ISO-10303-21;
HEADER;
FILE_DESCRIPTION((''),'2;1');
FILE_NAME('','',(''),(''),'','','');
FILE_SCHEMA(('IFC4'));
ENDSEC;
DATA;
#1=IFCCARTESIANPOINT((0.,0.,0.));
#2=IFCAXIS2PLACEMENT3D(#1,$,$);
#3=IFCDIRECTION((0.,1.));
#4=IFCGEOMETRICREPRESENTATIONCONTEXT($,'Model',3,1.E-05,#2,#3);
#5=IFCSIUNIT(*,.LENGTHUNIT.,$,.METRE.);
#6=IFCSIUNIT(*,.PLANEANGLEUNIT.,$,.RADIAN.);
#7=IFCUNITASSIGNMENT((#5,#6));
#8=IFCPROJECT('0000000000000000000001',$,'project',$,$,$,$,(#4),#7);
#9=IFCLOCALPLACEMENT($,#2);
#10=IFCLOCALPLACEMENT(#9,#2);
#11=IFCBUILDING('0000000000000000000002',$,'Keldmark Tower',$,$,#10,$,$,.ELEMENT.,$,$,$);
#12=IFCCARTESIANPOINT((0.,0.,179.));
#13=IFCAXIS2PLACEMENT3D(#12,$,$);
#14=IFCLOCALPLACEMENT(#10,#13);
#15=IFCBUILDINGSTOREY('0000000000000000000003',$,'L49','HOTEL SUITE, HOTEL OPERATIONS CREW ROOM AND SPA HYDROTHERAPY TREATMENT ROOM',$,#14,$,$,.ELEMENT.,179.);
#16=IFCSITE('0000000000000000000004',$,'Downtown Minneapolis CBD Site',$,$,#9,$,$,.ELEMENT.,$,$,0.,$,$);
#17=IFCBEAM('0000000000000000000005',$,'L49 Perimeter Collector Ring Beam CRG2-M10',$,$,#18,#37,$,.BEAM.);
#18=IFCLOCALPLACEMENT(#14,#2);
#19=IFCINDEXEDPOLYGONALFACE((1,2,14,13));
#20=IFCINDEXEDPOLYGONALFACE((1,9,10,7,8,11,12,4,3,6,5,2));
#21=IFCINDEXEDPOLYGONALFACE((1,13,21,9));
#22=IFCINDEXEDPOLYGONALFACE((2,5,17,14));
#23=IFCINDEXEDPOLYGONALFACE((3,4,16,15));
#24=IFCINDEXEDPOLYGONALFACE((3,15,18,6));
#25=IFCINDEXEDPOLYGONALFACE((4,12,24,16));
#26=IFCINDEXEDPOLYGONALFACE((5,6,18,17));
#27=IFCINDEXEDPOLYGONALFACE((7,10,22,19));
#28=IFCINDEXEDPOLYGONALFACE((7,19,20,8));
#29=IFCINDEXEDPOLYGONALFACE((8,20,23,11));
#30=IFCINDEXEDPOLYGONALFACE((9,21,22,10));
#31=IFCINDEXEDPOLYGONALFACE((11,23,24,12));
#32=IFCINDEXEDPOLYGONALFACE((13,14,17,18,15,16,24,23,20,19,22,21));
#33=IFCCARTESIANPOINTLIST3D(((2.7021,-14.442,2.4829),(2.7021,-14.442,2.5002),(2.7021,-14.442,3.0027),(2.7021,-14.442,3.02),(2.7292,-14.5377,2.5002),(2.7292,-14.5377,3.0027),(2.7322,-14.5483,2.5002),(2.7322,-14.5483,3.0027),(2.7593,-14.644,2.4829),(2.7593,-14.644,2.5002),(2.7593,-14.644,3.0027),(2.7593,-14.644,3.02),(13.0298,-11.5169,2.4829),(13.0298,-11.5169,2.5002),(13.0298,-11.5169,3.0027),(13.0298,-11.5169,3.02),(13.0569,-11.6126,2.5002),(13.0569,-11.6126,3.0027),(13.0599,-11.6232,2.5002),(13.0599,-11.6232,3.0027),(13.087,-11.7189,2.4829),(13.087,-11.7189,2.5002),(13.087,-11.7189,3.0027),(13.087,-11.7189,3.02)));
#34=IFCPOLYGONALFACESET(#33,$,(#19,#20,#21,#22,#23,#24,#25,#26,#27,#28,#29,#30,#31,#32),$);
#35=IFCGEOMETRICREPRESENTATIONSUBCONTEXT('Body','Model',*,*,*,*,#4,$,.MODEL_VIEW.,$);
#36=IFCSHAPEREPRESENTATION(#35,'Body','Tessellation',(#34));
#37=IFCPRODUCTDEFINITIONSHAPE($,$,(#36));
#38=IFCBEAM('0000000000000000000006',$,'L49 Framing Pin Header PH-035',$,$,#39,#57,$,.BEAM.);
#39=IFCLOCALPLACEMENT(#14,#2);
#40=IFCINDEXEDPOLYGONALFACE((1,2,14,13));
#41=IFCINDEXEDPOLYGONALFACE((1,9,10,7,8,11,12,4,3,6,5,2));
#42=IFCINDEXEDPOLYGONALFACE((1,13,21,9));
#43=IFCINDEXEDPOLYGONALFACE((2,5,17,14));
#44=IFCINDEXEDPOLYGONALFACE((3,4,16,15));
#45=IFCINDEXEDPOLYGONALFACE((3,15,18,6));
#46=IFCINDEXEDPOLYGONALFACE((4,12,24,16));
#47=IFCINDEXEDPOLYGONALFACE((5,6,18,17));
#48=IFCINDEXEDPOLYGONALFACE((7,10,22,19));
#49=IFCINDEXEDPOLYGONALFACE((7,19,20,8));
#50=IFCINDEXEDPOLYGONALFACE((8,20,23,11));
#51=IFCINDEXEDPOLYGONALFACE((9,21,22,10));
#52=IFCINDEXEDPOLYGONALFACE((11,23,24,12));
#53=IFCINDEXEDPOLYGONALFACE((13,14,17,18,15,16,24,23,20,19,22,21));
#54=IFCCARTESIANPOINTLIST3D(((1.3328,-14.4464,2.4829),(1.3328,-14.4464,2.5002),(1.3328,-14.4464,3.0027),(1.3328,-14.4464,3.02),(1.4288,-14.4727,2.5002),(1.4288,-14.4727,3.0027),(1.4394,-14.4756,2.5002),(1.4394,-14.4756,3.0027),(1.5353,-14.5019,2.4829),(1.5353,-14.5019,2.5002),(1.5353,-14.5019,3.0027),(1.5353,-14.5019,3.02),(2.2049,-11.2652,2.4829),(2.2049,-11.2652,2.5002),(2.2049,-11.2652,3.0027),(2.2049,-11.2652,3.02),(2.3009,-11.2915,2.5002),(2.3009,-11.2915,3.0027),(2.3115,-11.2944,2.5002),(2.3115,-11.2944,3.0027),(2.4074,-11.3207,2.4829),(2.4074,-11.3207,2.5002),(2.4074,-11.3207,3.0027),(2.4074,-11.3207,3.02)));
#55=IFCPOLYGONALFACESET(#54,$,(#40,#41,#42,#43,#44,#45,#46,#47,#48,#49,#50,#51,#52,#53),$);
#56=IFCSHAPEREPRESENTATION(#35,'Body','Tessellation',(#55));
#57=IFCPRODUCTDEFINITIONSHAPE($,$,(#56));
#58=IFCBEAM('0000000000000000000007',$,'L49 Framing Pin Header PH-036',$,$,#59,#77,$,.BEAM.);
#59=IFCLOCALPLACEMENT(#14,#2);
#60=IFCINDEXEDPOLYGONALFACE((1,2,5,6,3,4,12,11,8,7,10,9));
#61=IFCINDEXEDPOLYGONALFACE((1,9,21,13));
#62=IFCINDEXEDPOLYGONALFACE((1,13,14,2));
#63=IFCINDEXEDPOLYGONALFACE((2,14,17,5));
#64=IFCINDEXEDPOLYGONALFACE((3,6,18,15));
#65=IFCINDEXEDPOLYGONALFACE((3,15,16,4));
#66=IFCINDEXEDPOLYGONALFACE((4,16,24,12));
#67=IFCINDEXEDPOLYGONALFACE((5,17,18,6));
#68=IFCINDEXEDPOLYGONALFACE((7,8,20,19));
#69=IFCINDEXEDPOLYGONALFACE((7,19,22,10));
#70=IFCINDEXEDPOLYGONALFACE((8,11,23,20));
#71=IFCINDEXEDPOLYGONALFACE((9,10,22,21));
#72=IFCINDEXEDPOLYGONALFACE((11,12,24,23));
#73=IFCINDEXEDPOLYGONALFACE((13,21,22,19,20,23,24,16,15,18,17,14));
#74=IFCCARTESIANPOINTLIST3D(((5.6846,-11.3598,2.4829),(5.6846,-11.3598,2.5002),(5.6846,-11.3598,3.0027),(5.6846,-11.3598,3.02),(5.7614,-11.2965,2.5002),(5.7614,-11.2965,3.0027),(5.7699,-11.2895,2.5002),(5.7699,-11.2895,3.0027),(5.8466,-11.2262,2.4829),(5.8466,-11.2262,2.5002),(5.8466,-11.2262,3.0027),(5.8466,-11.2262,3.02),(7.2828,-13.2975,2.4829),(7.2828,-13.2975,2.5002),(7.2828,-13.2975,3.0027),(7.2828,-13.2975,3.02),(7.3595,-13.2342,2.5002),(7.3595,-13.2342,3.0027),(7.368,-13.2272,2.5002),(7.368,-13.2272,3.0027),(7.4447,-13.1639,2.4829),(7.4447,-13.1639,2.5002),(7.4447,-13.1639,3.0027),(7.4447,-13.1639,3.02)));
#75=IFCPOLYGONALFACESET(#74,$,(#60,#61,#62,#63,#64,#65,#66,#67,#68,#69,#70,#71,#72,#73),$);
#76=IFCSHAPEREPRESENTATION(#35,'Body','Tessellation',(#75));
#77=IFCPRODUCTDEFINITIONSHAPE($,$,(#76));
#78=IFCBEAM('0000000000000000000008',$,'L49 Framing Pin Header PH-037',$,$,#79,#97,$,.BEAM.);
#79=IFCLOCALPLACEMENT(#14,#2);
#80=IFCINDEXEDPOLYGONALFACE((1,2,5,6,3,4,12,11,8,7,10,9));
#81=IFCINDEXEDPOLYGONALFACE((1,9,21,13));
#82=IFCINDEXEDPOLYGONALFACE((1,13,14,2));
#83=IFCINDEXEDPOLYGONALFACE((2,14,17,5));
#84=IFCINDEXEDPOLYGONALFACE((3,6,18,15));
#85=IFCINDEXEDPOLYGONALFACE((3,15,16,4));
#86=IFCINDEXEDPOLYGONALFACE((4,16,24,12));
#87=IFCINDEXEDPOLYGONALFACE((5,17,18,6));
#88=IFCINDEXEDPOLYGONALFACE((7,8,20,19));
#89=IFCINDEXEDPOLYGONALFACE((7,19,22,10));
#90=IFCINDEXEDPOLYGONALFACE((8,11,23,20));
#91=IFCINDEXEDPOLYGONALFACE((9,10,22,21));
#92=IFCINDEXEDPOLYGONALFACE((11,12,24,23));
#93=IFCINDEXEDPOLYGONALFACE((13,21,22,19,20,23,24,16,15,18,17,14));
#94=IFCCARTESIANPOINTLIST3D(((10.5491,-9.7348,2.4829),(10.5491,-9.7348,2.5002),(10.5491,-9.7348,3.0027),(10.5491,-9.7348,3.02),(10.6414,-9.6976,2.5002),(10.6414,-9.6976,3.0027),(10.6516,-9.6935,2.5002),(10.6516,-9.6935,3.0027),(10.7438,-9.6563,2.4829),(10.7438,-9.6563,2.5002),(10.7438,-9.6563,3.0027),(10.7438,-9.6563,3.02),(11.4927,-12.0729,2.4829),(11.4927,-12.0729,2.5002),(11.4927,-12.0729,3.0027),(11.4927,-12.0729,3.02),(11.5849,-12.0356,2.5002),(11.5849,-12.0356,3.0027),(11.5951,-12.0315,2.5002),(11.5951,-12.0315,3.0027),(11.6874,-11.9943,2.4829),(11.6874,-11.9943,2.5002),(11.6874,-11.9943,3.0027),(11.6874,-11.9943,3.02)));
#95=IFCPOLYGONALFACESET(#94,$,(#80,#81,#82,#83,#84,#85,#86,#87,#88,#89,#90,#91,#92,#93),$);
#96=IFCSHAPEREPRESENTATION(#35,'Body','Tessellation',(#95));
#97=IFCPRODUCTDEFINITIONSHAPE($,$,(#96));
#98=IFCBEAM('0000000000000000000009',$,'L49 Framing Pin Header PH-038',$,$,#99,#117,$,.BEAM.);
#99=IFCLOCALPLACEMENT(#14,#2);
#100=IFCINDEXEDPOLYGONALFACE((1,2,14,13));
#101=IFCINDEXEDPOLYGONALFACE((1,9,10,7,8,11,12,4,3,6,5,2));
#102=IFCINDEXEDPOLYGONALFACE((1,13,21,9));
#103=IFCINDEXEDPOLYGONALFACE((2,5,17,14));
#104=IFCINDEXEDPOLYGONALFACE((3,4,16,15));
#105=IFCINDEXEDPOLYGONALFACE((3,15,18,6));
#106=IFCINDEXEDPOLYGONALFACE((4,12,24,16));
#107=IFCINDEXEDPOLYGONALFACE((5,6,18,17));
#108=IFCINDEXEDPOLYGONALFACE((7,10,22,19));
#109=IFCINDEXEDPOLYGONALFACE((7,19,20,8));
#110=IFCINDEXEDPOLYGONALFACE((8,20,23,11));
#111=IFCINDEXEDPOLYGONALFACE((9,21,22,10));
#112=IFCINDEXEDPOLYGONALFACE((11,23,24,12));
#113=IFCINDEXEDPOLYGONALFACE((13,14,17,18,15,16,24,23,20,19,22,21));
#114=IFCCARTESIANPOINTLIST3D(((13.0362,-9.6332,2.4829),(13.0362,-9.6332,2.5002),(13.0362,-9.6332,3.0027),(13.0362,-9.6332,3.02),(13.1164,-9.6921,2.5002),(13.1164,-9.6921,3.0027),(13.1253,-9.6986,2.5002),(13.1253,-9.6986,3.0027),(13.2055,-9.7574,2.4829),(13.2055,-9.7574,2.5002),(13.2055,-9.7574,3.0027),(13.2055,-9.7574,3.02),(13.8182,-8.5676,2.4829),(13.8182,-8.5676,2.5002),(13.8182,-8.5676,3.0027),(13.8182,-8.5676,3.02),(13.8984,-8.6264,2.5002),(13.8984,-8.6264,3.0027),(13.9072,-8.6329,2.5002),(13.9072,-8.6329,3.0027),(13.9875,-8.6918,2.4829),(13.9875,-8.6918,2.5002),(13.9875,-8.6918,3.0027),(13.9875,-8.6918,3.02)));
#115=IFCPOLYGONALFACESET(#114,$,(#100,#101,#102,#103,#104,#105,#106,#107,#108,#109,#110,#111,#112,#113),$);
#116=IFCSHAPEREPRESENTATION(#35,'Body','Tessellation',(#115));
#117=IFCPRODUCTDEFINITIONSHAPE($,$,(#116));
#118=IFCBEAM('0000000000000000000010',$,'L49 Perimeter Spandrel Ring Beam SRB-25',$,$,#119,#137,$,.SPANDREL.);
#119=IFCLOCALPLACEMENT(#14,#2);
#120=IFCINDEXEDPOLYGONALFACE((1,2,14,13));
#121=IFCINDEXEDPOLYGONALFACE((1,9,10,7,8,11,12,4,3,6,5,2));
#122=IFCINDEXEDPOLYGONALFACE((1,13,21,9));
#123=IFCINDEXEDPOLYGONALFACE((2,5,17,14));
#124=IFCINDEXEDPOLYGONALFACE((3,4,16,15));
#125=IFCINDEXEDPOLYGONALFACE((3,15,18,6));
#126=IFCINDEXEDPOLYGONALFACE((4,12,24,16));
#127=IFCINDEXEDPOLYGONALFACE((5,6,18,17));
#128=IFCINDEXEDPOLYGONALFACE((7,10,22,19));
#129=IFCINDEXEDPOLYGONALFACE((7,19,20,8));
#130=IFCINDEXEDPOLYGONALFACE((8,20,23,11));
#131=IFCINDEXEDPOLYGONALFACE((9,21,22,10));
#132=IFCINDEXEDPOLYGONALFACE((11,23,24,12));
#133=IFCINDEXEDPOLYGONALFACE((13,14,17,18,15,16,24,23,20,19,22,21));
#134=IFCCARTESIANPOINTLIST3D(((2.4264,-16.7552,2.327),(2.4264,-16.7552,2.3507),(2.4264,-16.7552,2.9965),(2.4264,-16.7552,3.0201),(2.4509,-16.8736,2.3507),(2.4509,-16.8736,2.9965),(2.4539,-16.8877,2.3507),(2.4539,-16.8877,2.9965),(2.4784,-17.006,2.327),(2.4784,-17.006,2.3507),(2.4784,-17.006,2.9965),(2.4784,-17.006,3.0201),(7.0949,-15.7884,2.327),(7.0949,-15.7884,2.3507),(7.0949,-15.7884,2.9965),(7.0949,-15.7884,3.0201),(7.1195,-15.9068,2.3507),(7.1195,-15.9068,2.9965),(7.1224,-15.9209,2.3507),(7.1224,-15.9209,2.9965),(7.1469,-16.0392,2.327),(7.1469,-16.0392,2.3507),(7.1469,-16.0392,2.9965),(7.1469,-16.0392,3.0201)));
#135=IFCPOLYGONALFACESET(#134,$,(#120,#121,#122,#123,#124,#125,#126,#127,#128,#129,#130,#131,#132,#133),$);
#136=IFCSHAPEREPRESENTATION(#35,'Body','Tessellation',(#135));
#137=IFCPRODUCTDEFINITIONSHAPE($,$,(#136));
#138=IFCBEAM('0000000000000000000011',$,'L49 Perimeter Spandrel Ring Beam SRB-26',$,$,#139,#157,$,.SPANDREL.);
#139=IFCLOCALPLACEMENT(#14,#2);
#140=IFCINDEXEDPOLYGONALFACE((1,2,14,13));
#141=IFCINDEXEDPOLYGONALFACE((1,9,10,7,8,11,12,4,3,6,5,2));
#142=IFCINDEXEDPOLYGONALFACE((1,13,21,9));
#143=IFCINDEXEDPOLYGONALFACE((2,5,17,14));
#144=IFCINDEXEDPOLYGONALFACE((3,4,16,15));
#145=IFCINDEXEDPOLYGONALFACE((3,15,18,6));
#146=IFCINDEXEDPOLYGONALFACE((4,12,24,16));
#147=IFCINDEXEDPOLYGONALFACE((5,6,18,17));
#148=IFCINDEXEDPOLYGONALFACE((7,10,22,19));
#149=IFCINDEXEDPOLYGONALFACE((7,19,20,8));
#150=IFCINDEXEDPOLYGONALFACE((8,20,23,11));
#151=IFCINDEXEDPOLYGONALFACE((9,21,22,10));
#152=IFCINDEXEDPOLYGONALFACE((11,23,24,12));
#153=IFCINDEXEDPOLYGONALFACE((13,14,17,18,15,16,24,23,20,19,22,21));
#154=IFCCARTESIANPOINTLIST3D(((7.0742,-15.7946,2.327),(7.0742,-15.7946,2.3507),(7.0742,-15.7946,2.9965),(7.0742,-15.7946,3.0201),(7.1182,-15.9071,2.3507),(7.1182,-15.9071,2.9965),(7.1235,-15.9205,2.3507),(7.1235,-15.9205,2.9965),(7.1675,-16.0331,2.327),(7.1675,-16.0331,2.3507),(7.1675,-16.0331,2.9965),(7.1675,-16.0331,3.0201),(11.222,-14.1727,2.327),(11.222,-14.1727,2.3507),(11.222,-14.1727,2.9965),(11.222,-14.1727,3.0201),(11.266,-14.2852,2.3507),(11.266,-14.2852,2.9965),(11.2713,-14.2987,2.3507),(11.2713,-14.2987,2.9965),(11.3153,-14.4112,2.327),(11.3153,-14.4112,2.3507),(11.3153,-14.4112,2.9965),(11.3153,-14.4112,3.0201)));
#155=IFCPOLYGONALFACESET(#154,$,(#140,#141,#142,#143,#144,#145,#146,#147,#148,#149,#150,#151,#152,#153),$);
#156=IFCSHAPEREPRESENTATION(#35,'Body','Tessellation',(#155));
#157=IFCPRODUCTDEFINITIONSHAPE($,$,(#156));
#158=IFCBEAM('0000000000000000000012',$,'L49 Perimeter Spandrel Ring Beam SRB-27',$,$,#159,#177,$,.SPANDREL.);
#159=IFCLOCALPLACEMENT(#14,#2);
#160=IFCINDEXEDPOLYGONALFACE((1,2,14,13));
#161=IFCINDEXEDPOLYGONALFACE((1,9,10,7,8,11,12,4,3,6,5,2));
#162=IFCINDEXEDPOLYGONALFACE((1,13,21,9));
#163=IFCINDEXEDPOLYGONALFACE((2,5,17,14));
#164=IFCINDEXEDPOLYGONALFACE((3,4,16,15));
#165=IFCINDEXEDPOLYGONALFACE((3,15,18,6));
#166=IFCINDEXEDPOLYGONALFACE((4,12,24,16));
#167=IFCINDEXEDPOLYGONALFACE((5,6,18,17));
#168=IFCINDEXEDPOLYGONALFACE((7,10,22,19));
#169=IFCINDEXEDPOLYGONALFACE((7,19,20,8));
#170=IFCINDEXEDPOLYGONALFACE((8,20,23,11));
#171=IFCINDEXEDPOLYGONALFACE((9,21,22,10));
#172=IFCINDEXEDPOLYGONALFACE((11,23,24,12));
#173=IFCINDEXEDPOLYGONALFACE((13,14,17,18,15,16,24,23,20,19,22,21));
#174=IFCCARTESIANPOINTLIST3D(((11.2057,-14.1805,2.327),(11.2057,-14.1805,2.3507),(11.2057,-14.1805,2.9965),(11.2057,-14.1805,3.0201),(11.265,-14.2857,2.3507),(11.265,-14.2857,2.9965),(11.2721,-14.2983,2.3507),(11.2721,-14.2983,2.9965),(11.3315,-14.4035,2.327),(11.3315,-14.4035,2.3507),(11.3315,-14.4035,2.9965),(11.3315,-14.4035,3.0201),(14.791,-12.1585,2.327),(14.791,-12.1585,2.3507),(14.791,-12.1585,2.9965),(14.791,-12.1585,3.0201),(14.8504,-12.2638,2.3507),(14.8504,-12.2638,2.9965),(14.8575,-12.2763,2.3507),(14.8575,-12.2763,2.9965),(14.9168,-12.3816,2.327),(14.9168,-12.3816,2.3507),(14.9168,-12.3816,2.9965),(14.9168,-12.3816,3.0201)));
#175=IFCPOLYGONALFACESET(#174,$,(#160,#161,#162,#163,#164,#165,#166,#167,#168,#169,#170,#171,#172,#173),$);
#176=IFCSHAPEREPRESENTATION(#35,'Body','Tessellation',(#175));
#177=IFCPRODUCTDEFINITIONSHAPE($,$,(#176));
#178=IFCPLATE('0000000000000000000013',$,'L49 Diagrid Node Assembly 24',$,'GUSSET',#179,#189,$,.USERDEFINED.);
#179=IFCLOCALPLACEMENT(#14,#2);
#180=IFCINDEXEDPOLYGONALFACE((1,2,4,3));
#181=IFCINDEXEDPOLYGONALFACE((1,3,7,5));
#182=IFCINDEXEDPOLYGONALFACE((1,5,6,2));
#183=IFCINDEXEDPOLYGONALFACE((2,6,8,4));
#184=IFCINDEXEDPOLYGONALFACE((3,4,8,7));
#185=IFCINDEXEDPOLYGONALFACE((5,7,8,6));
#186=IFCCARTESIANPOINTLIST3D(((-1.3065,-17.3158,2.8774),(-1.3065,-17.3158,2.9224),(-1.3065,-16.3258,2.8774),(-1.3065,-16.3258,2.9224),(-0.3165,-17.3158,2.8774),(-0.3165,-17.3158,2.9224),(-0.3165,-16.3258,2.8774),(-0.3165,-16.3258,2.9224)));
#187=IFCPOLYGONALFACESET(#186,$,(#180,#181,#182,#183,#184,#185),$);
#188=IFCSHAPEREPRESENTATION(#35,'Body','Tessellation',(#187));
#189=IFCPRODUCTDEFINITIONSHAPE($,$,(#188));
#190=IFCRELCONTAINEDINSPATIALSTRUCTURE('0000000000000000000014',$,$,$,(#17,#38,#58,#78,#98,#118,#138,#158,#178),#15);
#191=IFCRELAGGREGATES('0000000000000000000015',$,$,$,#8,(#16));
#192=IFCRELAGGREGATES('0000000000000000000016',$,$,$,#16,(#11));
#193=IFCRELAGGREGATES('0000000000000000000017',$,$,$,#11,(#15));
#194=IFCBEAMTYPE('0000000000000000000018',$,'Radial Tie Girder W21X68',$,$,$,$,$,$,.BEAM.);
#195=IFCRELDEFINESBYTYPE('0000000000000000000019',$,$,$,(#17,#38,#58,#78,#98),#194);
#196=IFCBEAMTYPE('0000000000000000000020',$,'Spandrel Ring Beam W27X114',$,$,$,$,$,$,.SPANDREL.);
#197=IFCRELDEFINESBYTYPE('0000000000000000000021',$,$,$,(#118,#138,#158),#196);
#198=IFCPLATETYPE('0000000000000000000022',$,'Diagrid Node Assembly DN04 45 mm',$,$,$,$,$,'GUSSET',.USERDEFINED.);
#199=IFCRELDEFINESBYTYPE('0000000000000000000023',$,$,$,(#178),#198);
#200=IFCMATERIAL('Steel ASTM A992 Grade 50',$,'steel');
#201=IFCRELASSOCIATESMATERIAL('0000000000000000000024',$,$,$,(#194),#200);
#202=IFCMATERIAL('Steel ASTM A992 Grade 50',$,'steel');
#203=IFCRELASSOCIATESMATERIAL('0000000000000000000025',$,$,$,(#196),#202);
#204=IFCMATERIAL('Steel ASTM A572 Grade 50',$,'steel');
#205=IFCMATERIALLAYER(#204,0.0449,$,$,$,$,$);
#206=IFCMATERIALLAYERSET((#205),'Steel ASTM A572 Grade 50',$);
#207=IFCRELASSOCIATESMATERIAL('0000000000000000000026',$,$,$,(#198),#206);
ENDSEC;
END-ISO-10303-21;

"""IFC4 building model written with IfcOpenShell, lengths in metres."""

from ifc_helpers import new_model, si_unit, direction, frame, origin, origin_2d, place, context, subcontext, project, spatial, rectangle, i_section, extrude, material, layer, layer_set, material_profile, profile_set, type_object, element, save


model = new_model("IFC4")

# Units and contexts
model_context = context("Model", 3, precision=1e-05, world=origin(), true_north=direction((0.0, 1.0)))
body_context = subcontext(model_context, "Body", "Model", "MODEL_VIEW")
ifc_project = project(units=[si_unit("LENGTHUNIT", "METRE"), si_unit("PLANEANGLEUNIT", "RADIAN")], contexts=[model_context])

# Site, building, storey
site_placement = place(None, origin())
site = spatial("IfcSite", under=ifc_project, at=site_placement, Name="Downtown Minneapolis CBD Site", CompositionType="ELEMENT", RefElevation=0.0)
building_placement = place(site_placement, origin())
building = spatial("IfcBuilding", under=site, at=building_placement, Name="Keldmark Tower", CompositionType="ELEMENT")
storey_placement = place(building_placement, frame((0.0, 0.0, 179.0)))
storey = spatial("IfcBuildingStorey", under=building, at=storey_placement, Name="L49", Description="HOTEL SUITE, HOTEL OPERATIONS CREW ROOM AND SPA HYDROTHERAPY TREATMENT ROOM", CompositionType="ELEMENT", Elevation=179.0)

# Beams
ifc_material_1 = material(Name="Steel ASTM A992 Grade 50", Category="steel")
ifc_material_profile_1 = material_profile(ifc_material_1, i_section(OverallWidth=0.21, OverallDepth=0.5371, WebThickness=0.011, FlangeThickness=0.0173, at=origin_2d()), Name="W21X68")
ifc_profile_set_1 = profile_set([ifc_material_profile_1], Name="Steel ASTM A992 Grade 50")
beam_type_1 = type_object("IfcBeamType", Name="Radial Tie Girder W21X68", PredefinedType="BEAM", material=ifc_profile_set_1)
beam_1_placement = place(storey_placement, frame((2.7307, -14.543, 2.7515), z_axis=(0.962154, 0.272506, 0.0), x_axis=(-0.272506, 0.962154, 0.0)))
element("IfcBeam", 1, at=beam_1_placement, inside=storey, type_object=beam_type_1, Name="L49 Perimeter Collector Ring Beam CRG2-M10", PredefinedType="BEAM", context=body_context, shape_type="SweptSolid", body=[
    extrude(i_section(OverallWidth=0.21, OverallDepth=0.5371, WebThickness=0.011, FlangeThickness=0.0173, at=origin_2d()), origin(), (0.0, 0.0, 1.0), 10.7339),
])
beam_2_placement = place(storey_placement, frame((2.3062, -11.293, 2.7515), z_axis=(-0.264382, -0.964418, 0.0), x_axis=(0.964418, -0.264382, 0.0)))
element("IfcBeam", 2, at=beam_2_placement, inside=storey, type_object=beam_type_1, Name="L49 Framing Pin Header PH-035", PredefinedType="BEAM", context=body_context, shape_type="SweptSolid", body=[
    extrude(i_section(OverallWidth=0.21, OverallDepth=0.5371, WebThickness=0.011, FlangeThickness=0.0173, at=origin_2d()), origin(), (0.0, 0.0, 1.0), 3.2986),
])
beam_3_placement = place(storey_placement, frame((5.7656, -11.293, 2.7515), z_axis=(0.636266, -0.77147, 0.0), x_axis=(0.77147, 0.636266, 0.0)))
element("IfcBeam", 3, at=beam_3_placement, inside=storey, type_object=beam_type_1, Name="L49 Framing Pin Header PH-036", PredefinedType="BEAM", context=body_context, shape_type="SweptSolid", body=[
    extrude(i_section(OverallWidth=0.21, OverallDepth=0.5371, WebThickness=0.011, FlangeThickness=0.0173, at=origin_2d()), origin(), (0.0, 0.0, 1.0), 2.5117),
])
beam_4_placement = place(storey_placement, frame((10.6465, -9.6956, 2.7515), z_axis=(0.374244, -0.92733, 0.0), x_axis=(0.92733, 0.374244, 0.0)))
element("IfcBeam", 4, at=beam_4_placement, inside=storey, type_object=beam_type_1, Name="L49 Framing Pin Header PH-037", PredefinedType="BEAM", context=body_context, shape_type="SweptSolid", body=[
    extrude(i_section(OverallWidth=0.21, OverallDepth=0.5371, WebThickness=0.011, FlangeThickness=0.0173, at=origin_2d()), origin(), (0.0, 0.0, 1.0), 2.5212),
])
beam_5_placement = place(storey_placement, frame((13.1208, -9.6953, 2.7515), z_axis=(0.591604, 0.806229, 0.0), x_axis=(-0.806229, 0.591604, 0.0)))
element("IfcBeam", 5, at=beam_5_placement, inside=storey, type_object=beam_type_1, Name="L49 Framing Pin Header PH-038", PredefinedType="BEAM", context=body_context, shape_type="SweptSolid", body=[
    extrude(i_section(OverallWidth=0.21, OverallDepth=0.5371, WebThickness=0.011, FlangeThickness=0.0173, at=origin_2d()), origin(), (0.0, 0.0, 1.0), 1.3218),
])
ifc_material_2 = material(Name="Steel ASTM A992 Grade 50", Category="steel")
ifc_material_profile_2 = material_profile(ifc_material_2, i_section(OverallWidth=0.2561, OverallDepth=0.6931, WebThickness=0.0144, FlangeThickness=0.0237, at=origin_2d()), Name="W27X114")
ifc_profile_set_2 = profile_set([ifc_material_profile_2], Name="Steel ASTM A992 Grade 50")
beam_type_2 = type_object("IfcBeamType", Name="Spandrel Ring Beam W27X114", PredefinedType="SPANDREL", material=ifc_profile_set_2)
beam_6_placement = place(storey_placement, frame((2.4524, -16.8806, 2.6736), z_axis=(0.979223, 0.202788, 0.0), x_axis=(-0.202788, 0.979223, 0.0)))
element("IfcBeam", 6, at=beam_6_placement, inside=storey, type_object=beam_type_2, Name="L49 Perimeter Spandrel Ring Beam SRB-25", PredefinedType="SPANDREL", context=body_context, shape_type="SweptSolid", body=[
    extrude(i_section(OverallWidth=0.2561, OverallDepth=0.6931, WebThickness=0.0144, FlangeThickness=0.0237, at=origin_2d()), origin(), (0.0, 0.0, 1.0), 4.7676),
])
beam_7_placement = place(storey_placement, frame((7.1208, -15.9138, 2.6736), z_axis=(0.931333, 0.364168, 0.0), x_axis=(-0.364168, 0.931333, 0.0)))
element("IfcBeam", 7, at=beam_7_placement, inside=storey, type_object=beam_type_2, Name="L49 Perimeter Spandrel Ring Beam SRB-26", PredefinedType="SPANDREL", context=body_context, shape_type="SweptSolid", body=[
    extrude(i_section(OverallWidth=0.2561, OverallDepth=0.6931, WebThickness=0.0144, FlangeThickness=0.0237, at=origin_2d()), origin(), (0.0, 0.0, 1.0), 4.4536),
])
beam_8_placement = place(storey_placement, frame((11.2686, -14.292, 2.6736), z_axis=(0.87104, 0.491213, 0.0), x_axis=(-0.491213, 0.87104, 0.0)))
element("IfcBeam", 8, at=beam_8_placement, inside=storey, type_object=beam_type_2, Name="L49 Perimeter Spandrel Ring Beam SRB-27", PredefinedType="SPANDREL", context=body_context, shape_type="SweptSolid", body=[
    extrude(i_section(OverallWidth=0.2561, OverallDepth=0.6931, WebThickness=0.0144, FlangeThickness=0.0237, at=origin_2d()), origin(), (0.0, 0.0, 1.0), 4.1162),
])

# Plate
ifc_material_3 = material(Name="Steel ASTM A572 Grade 50", Category="steel")
ifc_layer_1 = layer(ifc_material_3, 0.0449)
ifc_layer_set_1 = layer_set([ifc_layer_1], Name="Steel ASTM A572 Grade 50")
plate_type = type_object("IfcPlateType", Name="Diagrid Node Assembly DN04 45 mm", ElementType="GUSSET", PredefinedType="USERDEFINED", material=ifc_layer_set_1)
for number, where, z_axis, x_axis, name in (
    (9, (-0.8115, -16.8208, 2.8774), (0.0, 0.0, 1.0), (1.0, 0.0, 0.0), "L49 Diagrid Node Assembly 24"),
):
    element("IfcPlate", number, at=place(storey_placement, frame(where, z_axis=z_axis, x_axis=x_axis)), inside=storey, type_object=plate_type, Name=name, ObjectType="GUSSET", PredefinedType="USERDEFINED", context=body_context, shape_type="SweptSolid", body=[
        extrude(rectangle(XDim=0.99, YDim=0.99, at=origin_2d()), origin(), (0.0, 0.0, 1.0), 0.0449),
    ])

save(model, "model.ifc")
